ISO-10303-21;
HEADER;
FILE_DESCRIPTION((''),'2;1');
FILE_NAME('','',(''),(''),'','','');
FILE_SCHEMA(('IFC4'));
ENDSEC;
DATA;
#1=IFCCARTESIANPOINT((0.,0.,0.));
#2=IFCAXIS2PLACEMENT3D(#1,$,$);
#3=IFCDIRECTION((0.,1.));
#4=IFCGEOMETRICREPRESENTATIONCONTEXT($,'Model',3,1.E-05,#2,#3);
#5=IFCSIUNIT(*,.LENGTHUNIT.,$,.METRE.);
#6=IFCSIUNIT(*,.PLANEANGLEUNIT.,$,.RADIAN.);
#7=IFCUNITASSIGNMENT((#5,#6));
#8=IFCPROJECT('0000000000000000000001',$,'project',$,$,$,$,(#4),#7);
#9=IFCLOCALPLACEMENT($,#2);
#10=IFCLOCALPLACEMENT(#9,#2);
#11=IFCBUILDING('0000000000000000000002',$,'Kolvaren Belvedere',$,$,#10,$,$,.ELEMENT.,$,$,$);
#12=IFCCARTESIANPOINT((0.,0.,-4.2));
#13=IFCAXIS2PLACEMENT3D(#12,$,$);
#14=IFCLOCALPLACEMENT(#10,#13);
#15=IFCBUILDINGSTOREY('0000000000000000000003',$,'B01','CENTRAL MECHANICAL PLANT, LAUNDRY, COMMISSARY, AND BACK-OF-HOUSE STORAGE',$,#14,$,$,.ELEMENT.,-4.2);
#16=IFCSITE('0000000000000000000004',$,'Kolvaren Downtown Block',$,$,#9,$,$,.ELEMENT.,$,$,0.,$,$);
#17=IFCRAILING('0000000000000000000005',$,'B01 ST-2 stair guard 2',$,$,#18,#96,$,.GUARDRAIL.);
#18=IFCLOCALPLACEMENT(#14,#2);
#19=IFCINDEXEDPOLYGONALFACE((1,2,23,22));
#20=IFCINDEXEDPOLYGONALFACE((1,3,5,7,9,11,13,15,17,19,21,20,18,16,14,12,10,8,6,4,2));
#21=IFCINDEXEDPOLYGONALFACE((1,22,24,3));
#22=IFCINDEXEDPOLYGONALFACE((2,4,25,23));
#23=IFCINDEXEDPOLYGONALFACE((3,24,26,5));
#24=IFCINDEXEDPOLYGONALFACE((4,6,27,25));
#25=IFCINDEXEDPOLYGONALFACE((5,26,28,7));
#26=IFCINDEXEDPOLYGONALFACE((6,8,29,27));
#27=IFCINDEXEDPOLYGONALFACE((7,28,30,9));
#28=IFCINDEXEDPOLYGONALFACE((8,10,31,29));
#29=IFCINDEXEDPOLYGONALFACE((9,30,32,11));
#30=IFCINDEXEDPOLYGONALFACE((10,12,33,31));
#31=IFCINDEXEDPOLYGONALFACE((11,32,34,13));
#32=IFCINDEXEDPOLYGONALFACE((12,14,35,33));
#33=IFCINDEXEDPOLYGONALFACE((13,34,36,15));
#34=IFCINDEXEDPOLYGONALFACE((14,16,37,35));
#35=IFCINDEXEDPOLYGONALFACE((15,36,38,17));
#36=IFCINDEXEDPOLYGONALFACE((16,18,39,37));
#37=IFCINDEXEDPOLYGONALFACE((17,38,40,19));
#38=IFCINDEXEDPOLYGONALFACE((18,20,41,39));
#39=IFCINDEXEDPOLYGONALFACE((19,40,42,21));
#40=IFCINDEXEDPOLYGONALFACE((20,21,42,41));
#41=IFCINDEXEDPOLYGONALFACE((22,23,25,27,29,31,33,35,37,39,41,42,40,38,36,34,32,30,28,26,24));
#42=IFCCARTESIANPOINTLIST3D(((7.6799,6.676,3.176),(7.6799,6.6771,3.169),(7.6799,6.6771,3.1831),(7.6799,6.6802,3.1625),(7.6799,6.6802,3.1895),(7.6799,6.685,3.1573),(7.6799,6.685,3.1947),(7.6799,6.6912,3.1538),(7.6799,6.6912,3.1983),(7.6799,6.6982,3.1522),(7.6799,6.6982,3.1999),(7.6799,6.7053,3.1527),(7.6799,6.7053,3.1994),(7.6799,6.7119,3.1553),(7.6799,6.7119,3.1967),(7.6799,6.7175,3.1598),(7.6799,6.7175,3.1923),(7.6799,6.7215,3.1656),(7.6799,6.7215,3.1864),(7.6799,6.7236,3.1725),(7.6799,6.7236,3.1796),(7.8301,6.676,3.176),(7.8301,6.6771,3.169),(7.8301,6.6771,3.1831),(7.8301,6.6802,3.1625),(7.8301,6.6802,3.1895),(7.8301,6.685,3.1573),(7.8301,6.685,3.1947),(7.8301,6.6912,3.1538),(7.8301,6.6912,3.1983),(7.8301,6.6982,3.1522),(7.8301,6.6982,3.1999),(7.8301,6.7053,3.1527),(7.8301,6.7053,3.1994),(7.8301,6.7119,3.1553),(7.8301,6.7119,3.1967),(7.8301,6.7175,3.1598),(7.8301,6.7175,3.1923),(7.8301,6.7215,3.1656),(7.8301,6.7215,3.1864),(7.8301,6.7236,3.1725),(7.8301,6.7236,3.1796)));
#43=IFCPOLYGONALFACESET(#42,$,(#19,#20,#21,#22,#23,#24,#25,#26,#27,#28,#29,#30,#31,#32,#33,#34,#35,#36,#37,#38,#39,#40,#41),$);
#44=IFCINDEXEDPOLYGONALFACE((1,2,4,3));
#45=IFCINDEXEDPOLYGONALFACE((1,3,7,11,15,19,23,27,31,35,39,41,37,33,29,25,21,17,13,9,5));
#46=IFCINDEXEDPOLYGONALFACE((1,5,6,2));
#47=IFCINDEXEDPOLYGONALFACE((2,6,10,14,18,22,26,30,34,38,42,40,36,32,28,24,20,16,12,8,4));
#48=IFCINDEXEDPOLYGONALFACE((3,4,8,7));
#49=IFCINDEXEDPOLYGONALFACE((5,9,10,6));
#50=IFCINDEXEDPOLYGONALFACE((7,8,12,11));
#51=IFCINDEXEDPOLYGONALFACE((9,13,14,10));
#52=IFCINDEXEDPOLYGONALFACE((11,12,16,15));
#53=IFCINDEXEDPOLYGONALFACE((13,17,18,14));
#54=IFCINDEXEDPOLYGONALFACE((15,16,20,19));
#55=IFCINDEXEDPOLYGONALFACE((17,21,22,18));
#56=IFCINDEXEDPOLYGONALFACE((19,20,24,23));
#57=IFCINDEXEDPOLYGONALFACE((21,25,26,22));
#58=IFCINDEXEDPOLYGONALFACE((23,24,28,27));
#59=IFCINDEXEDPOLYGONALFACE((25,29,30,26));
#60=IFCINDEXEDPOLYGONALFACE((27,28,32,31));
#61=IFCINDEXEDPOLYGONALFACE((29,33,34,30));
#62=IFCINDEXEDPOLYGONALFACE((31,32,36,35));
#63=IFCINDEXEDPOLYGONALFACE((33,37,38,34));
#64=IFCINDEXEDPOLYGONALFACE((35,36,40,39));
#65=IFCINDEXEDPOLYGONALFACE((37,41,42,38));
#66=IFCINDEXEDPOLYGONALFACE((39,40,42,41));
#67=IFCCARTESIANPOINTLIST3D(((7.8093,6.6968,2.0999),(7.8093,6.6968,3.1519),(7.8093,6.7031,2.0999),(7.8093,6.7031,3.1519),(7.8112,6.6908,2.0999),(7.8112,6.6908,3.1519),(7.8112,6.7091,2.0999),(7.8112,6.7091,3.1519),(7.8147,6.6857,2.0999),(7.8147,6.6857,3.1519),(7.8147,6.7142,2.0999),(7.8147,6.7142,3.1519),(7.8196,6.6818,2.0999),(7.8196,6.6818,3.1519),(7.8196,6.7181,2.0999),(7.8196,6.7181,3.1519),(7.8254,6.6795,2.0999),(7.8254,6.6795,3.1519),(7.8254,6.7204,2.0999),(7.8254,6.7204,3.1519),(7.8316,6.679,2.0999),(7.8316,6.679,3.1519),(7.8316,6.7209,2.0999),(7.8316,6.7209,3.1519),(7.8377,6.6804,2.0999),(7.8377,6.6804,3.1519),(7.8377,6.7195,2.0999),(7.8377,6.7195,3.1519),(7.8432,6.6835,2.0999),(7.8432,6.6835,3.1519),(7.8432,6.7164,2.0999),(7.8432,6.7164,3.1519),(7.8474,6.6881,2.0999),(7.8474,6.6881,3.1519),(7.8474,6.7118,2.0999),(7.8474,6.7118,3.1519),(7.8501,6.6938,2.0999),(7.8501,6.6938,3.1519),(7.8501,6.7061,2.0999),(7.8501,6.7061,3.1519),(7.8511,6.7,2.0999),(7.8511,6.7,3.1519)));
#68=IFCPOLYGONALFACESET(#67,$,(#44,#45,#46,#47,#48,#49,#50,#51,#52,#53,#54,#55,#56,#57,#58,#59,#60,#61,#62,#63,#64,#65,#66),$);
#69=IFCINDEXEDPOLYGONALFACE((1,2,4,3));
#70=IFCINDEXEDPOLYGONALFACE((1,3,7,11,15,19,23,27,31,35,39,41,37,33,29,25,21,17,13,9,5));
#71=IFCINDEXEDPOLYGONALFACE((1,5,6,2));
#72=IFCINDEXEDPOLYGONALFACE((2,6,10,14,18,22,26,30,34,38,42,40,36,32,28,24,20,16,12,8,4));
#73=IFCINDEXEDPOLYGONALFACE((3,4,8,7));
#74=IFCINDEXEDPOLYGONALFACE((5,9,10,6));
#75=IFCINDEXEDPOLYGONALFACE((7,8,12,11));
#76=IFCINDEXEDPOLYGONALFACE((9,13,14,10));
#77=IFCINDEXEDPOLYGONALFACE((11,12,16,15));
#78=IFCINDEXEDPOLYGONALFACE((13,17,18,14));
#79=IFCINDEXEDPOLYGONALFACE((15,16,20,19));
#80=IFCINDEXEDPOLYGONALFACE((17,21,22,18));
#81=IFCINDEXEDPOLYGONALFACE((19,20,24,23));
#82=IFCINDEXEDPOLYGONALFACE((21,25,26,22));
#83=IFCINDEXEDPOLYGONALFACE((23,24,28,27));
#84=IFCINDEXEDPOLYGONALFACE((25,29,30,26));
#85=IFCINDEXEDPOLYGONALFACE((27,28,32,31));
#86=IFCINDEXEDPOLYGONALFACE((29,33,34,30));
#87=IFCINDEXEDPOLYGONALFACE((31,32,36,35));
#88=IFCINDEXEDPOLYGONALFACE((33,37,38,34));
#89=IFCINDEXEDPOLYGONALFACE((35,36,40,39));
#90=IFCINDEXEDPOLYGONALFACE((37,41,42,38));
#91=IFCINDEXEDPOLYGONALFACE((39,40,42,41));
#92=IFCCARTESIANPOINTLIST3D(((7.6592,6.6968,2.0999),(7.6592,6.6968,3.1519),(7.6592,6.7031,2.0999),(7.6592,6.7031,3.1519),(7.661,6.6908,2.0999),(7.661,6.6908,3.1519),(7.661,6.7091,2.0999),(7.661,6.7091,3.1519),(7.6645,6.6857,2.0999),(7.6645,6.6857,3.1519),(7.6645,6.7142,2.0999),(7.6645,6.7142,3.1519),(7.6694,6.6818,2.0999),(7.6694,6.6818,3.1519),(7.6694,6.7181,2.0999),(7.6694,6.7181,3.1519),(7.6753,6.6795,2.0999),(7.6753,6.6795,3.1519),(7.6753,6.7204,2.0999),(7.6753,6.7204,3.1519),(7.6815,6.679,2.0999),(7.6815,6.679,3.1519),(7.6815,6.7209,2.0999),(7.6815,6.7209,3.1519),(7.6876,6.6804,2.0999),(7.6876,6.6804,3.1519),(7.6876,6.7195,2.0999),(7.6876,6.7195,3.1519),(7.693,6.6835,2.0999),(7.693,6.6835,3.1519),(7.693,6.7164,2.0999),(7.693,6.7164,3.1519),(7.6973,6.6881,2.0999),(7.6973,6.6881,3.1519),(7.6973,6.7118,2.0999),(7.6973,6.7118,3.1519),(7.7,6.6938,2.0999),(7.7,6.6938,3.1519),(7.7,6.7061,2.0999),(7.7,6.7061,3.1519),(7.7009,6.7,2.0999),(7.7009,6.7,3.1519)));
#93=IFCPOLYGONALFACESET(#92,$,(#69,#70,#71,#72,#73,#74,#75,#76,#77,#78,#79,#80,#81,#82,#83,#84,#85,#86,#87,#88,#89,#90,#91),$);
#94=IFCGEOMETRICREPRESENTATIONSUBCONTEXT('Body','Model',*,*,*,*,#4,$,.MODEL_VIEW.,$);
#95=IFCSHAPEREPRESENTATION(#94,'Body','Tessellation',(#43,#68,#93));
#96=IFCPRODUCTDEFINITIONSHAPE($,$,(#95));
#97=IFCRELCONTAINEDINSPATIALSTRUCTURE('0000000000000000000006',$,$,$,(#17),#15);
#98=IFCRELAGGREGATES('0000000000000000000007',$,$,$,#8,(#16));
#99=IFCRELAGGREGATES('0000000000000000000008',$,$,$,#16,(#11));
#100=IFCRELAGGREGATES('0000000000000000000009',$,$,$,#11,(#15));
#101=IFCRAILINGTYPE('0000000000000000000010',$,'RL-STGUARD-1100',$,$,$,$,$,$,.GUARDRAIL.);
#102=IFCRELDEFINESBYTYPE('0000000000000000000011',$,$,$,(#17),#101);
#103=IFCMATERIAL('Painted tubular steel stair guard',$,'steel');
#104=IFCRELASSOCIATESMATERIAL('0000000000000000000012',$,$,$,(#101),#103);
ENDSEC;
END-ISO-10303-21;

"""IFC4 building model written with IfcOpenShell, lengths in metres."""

from ifc_helpers import new_model, si_unit, direction, frame, origin, origin_2d, place, context, subcontext, project, spatial, circle, extrude, material, type_object, element, save


model = new_model("IFC4")

# Units and contexts
model_context = context("Model", 3, precision=1e-05, world=origin(), true_north=direction((0.0, 1.0)))
body_context = subcontext(model_context, "Body", "Model", "MODEL_VIEW")
ifc_project = project(units=[si_unit("LENGTHUNIT", "METRE"), si_unit("PLANEANGLEUNIT", "RADIAN")], contexts=[model_context])

# Site, building, storey
site_placement = place(None, origin())
site = spatial("IfcSite", under=ifc_project, at=site_placement, Name="Kolvaren Downtown Block", CompositionType="ELEMENT", RefElevation=0.0)
building_placement = place(site_placement, origin())
building = spatial("IfcBuilding", under=site, at=building_placement, Name="Kolvaren Belvedere", CompositionType="ELEMENT")
storey_placement = place(building_placement, frame((0.0, 0.0, -4.2)))
storey = spatial("IfcBuildingStorey", under=building, at=storey_placement, Name="B01", Description="CENTRAL MECHANICAL PLANT, LAUNDRY, COMMISSARY, AND BACK-OF-HOUSE STORAGE", CompositionType="ELEMENT", Elevation=-4.2)

# Railing
ifc_material_1 = material(Name="Painted tubular steel stair guard", Category="steel")
railing_type_1 = type_object("IfcRailingType", Name="RL-STGUARD-1100", PredefinedType="GUARDRAIL", material=ifc_material_1)
railing_1_placement = place(storey_placement, frame((7.8301, 6.7, 2.0999)))
element("IfcRailing", 1, at=railing_1_placement, inside=storey, type_object=railing_type_1, Name="B01 ST-2 stair guard 2", PredefinedType="GUARDRAIL", context=body_context, shape_type="SweptSolid", body=[
    extrude(circle(Radius=0.0239, at=origin_2d()), frame((0.0, 0.0, 1.0762), z_axis=(-1.0, 0.0, 0.0), x_axis=(0.0, -1.0, 0.0)), (0.0, 0.0, 1.0), 0.1501),
    extrude(circle(Radius=0.021, at=origin_2d()), origin(), (0.0, 0.0, 1.0), 1.052),
    extrude(circle(Radius=0.021, at=origin_2d()), frame((-0.1501, 0.0, 0.0)), (0.0, 0.0, 1.0), 1.052),
])

save(model, "model.ifc")
